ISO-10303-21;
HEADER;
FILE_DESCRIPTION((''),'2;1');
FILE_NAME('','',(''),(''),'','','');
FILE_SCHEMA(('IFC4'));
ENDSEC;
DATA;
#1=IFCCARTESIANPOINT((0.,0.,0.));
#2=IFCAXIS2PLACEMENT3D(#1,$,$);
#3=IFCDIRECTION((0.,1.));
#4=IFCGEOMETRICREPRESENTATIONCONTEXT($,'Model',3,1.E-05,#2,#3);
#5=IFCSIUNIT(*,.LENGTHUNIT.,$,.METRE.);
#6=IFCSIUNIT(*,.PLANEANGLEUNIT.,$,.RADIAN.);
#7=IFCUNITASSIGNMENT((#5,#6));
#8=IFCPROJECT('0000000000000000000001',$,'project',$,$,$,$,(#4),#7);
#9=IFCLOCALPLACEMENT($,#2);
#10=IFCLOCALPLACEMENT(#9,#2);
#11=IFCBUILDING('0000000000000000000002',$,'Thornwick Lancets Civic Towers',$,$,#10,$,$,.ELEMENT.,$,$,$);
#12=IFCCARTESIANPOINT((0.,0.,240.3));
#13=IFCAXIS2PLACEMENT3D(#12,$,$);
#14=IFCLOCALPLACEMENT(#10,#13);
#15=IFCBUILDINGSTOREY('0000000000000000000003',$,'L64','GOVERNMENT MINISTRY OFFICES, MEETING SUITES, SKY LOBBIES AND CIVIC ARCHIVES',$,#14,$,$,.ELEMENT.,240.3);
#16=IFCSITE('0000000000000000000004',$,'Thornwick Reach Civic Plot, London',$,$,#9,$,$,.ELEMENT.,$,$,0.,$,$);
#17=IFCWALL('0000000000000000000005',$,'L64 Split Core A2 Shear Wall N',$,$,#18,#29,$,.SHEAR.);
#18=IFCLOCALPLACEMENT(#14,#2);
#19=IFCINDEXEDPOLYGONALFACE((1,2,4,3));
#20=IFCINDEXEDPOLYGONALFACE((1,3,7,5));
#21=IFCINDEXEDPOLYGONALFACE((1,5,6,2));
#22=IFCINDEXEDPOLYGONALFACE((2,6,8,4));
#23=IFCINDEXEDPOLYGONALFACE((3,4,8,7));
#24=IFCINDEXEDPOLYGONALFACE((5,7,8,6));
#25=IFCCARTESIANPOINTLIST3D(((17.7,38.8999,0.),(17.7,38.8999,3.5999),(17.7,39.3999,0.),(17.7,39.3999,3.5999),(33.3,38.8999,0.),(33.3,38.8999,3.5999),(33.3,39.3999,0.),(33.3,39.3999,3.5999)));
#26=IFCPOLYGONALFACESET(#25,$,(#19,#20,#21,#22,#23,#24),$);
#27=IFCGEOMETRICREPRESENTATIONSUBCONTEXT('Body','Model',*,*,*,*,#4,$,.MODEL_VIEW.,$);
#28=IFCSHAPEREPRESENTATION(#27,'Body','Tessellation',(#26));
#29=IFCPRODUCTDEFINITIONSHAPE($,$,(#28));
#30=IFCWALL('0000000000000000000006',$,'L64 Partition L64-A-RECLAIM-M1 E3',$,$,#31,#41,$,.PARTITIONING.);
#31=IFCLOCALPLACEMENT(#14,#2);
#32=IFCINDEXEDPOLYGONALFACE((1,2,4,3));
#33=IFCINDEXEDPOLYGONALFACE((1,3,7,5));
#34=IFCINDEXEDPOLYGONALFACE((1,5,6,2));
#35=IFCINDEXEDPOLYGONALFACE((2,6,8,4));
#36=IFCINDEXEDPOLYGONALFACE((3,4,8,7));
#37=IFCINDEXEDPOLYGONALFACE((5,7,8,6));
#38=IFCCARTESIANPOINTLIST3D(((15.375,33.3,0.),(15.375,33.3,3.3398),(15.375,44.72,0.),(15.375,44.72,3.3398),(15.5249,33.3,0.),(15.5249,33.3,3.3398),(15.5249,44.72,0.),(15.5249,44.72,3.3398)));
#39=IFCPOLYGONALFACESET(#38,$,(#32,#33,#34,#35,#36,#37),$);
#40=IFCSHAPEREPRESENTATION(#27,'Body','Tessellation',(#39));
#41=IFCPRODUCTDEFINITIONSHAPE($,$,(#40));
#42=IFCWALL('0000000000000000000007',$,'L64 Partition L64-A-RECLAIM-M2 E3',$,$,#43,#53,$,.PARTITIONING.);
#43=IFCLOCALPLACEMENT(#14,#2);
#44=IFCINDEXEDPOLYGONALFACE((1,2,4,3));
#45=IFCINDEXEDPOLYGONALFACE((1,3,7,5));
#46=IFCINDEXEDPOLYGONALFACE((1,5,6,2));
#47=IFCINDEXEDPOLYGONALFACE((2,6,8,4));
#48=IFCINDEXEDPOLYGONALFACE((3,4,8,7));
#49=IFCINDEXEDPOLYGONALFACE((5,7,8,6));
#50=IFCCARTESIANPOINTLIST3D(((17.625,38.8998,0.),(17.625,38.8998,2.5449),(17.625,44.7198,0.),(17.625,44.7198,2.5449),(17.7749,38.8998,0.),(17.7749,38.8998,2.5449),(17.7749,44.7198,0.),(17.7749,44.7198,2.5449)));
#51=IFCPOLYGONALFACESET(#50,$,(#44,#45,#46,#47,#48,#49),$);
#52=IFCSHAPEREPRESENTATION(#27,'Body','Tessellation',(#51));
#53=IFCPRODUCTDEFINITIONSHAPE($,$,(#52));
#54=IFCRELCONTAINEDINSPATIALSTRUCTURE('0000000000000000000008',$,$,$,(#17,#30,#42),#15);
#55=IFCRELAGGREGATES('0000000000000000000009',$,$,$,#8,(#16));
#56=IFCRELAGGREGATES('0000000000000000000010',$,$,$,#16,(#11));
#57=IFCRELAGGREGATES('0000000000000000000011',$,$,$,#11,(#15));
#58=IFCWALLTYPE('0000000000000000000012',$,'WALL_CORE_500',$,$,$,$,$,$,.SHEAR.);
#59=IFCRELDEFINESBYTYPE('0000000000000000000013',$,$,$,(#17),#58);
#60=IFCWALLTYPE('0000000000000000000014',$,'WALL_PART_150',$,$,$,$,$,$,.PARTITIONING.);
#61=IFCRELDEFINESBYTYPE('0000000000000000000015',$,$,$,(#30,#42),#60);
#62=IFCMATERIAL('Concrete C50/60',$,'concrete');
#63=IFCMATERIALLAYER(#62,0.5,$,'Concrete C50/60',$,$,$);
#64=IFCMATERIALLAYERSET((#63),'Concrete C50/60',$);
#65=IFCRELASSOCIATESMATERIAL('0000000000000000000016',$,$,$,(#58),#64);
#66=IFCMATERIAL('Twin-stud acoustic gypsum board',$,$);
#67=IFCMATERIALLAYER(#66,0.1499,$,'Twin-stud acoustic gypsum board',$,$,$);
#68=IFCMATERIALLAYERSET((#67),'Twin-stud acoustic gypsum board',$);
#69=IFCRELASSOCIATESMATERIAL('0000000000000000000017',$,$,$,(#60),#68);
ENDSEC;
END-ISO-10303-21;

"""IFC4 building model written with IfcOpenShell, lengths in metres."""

from ifc_helpers import new_model, si_unit, direction, frame, frame_2d, origin, place, context, subcontext, project, spatial, rectangle, extrude, material, layer, layer_set, type_object, element, save


model = new_model("IFC4")

# Units and contexts
model_context = context("Model", 3, precision=1e-05, world=origin(), true_north=direction((0.0, 1.0)))
body_context = subcontext(model_context, "Body", "Model", "MODEL_VIEW")
ifc_project = project(units=[si_unit("LENGTHUNIT", "METRE"), si_unit("PLANEANGLEUNIT", "RADIAN")], contexts=[model_context])

# Site, building, storey
site_placement = place(None, origin())
site = spatial("IfcSite", under=ifc_project, at=site_placement, Name="Thornwick Reach Civic Plot, London", CompositionType="ELEMENT", RefElevation=0.0)
building_placement = place(site_placement, origin())
building = spatial("IfcBuilding", under=site, at=building_placement, Name="Thornwick Lancets Civic Towers", CompositionType="ELEMENT")
storey_placement = place(building_placement, frame((0.0, 0.0, 240.3)))
storey = spatial("IfcBuildingStorey", under=building, at=storey_placement, Name="L64", Description="GOVERNMENT MINISTRY OFFICES, MEETING SUITES, SKY LOBBIES AND CIVIC ARCHIVES", CompositionType="ELEMENT", Elevation=240.3)

# Shared definitions
ifc_material_1 = material(Name="Concrete C50/60", Category="concrete")

# Walls
ifc_layer_1 = layer(ifc_material_1, 0.5, Name="Concrete C50/60")
ifc_layer_set_1 = layer_set([ifc_layer_1], Name="Concrete C50/60")
wall_type_1 = type_object("IfcWallType", Name="WALL_CORE_500", PredefinedType="SHEAR", material=ifc_layer_set_1)
wall_1_placement = place(storey_placement, frame((17.7, 39.1499, 0.0), z_axis=(0.0, 0.0, 1.0), x_axis=(1.0, 0.0, 0.0)))
element("IfcWall", 1, at=wall_1_placement, inside=storey, type_object=wall_type_1, Name="L64 Split Core A2 Shear Wall N", PredefinedType="SHEAR", context=body_context, shape_type="SweptSolid", body=[
    extrude(rectangle(XDim=15.6001, YDim=0.5, at=frame_2d((7.8, 0.0))), origin(), (0.0, 0.0, 1.0), 3.5999),
])
ifc_material_2 = material(Name="Twin-stud acoustic gypsum board")
ifc_layer_2 = layer(ifc_material_2, 0.1499, Name="Twin-stud acoustic gypsum board")
ifc_layer_set_2 = layer_set([ifc_layer_2], Name="Twin-stud acoustic gypsum board")
wall_type_2 = type_object("IfcWallType", Name="WALL_PART_150", PredefinedType="PARTITIONING", material=ifc_layer_set_2)
wall_2_placement = place(storey_placement, frame((15.45, 44.72, 0.0), z_axis=(0.0, 0.0, 1.0), x_axis=(0.0, -1.0, 0.0)))
element("IfcWall", 2, at=wall_2_placement, inside=storey, type_object=wall_type_2, Name="L64 Partition L64-A-RECLAIM-M1 E3", PredefinedType="PARTITIONING", context=body_context, shape_type="SweptSolid", body=[
    extrude(rectangle(XDim=11.4199, YDim=0.1499, at=frame_2d((5.71, 0.0))), origin(), (0.0, 0.0, 1.0), 3.3398),
])
wall_3_placement = place(storey_placement, frame((17.7, 44.72, 0.0), z_axis=(0.0, 0.0, 1.0), x_axis=(0.0, -1.0, 0.0)))
element("IfcWall", 3, at=wall_3_placement, inside=storey, type_object=wall_type_2, Name="L64 Partition L64-A-RECLAIM-M2 E3", PredefinedType="PARTITIONING", context=body_context, shape_type="SweptSolid", body=[
    extrude(rectangle(XDim=5.8201, YDim=0.1499, at=frame_2d((2.9102, 0.0))), origin(), (0.0, 0.0, 1.0), 2.5449),
])

save(model, "model.ifc")
